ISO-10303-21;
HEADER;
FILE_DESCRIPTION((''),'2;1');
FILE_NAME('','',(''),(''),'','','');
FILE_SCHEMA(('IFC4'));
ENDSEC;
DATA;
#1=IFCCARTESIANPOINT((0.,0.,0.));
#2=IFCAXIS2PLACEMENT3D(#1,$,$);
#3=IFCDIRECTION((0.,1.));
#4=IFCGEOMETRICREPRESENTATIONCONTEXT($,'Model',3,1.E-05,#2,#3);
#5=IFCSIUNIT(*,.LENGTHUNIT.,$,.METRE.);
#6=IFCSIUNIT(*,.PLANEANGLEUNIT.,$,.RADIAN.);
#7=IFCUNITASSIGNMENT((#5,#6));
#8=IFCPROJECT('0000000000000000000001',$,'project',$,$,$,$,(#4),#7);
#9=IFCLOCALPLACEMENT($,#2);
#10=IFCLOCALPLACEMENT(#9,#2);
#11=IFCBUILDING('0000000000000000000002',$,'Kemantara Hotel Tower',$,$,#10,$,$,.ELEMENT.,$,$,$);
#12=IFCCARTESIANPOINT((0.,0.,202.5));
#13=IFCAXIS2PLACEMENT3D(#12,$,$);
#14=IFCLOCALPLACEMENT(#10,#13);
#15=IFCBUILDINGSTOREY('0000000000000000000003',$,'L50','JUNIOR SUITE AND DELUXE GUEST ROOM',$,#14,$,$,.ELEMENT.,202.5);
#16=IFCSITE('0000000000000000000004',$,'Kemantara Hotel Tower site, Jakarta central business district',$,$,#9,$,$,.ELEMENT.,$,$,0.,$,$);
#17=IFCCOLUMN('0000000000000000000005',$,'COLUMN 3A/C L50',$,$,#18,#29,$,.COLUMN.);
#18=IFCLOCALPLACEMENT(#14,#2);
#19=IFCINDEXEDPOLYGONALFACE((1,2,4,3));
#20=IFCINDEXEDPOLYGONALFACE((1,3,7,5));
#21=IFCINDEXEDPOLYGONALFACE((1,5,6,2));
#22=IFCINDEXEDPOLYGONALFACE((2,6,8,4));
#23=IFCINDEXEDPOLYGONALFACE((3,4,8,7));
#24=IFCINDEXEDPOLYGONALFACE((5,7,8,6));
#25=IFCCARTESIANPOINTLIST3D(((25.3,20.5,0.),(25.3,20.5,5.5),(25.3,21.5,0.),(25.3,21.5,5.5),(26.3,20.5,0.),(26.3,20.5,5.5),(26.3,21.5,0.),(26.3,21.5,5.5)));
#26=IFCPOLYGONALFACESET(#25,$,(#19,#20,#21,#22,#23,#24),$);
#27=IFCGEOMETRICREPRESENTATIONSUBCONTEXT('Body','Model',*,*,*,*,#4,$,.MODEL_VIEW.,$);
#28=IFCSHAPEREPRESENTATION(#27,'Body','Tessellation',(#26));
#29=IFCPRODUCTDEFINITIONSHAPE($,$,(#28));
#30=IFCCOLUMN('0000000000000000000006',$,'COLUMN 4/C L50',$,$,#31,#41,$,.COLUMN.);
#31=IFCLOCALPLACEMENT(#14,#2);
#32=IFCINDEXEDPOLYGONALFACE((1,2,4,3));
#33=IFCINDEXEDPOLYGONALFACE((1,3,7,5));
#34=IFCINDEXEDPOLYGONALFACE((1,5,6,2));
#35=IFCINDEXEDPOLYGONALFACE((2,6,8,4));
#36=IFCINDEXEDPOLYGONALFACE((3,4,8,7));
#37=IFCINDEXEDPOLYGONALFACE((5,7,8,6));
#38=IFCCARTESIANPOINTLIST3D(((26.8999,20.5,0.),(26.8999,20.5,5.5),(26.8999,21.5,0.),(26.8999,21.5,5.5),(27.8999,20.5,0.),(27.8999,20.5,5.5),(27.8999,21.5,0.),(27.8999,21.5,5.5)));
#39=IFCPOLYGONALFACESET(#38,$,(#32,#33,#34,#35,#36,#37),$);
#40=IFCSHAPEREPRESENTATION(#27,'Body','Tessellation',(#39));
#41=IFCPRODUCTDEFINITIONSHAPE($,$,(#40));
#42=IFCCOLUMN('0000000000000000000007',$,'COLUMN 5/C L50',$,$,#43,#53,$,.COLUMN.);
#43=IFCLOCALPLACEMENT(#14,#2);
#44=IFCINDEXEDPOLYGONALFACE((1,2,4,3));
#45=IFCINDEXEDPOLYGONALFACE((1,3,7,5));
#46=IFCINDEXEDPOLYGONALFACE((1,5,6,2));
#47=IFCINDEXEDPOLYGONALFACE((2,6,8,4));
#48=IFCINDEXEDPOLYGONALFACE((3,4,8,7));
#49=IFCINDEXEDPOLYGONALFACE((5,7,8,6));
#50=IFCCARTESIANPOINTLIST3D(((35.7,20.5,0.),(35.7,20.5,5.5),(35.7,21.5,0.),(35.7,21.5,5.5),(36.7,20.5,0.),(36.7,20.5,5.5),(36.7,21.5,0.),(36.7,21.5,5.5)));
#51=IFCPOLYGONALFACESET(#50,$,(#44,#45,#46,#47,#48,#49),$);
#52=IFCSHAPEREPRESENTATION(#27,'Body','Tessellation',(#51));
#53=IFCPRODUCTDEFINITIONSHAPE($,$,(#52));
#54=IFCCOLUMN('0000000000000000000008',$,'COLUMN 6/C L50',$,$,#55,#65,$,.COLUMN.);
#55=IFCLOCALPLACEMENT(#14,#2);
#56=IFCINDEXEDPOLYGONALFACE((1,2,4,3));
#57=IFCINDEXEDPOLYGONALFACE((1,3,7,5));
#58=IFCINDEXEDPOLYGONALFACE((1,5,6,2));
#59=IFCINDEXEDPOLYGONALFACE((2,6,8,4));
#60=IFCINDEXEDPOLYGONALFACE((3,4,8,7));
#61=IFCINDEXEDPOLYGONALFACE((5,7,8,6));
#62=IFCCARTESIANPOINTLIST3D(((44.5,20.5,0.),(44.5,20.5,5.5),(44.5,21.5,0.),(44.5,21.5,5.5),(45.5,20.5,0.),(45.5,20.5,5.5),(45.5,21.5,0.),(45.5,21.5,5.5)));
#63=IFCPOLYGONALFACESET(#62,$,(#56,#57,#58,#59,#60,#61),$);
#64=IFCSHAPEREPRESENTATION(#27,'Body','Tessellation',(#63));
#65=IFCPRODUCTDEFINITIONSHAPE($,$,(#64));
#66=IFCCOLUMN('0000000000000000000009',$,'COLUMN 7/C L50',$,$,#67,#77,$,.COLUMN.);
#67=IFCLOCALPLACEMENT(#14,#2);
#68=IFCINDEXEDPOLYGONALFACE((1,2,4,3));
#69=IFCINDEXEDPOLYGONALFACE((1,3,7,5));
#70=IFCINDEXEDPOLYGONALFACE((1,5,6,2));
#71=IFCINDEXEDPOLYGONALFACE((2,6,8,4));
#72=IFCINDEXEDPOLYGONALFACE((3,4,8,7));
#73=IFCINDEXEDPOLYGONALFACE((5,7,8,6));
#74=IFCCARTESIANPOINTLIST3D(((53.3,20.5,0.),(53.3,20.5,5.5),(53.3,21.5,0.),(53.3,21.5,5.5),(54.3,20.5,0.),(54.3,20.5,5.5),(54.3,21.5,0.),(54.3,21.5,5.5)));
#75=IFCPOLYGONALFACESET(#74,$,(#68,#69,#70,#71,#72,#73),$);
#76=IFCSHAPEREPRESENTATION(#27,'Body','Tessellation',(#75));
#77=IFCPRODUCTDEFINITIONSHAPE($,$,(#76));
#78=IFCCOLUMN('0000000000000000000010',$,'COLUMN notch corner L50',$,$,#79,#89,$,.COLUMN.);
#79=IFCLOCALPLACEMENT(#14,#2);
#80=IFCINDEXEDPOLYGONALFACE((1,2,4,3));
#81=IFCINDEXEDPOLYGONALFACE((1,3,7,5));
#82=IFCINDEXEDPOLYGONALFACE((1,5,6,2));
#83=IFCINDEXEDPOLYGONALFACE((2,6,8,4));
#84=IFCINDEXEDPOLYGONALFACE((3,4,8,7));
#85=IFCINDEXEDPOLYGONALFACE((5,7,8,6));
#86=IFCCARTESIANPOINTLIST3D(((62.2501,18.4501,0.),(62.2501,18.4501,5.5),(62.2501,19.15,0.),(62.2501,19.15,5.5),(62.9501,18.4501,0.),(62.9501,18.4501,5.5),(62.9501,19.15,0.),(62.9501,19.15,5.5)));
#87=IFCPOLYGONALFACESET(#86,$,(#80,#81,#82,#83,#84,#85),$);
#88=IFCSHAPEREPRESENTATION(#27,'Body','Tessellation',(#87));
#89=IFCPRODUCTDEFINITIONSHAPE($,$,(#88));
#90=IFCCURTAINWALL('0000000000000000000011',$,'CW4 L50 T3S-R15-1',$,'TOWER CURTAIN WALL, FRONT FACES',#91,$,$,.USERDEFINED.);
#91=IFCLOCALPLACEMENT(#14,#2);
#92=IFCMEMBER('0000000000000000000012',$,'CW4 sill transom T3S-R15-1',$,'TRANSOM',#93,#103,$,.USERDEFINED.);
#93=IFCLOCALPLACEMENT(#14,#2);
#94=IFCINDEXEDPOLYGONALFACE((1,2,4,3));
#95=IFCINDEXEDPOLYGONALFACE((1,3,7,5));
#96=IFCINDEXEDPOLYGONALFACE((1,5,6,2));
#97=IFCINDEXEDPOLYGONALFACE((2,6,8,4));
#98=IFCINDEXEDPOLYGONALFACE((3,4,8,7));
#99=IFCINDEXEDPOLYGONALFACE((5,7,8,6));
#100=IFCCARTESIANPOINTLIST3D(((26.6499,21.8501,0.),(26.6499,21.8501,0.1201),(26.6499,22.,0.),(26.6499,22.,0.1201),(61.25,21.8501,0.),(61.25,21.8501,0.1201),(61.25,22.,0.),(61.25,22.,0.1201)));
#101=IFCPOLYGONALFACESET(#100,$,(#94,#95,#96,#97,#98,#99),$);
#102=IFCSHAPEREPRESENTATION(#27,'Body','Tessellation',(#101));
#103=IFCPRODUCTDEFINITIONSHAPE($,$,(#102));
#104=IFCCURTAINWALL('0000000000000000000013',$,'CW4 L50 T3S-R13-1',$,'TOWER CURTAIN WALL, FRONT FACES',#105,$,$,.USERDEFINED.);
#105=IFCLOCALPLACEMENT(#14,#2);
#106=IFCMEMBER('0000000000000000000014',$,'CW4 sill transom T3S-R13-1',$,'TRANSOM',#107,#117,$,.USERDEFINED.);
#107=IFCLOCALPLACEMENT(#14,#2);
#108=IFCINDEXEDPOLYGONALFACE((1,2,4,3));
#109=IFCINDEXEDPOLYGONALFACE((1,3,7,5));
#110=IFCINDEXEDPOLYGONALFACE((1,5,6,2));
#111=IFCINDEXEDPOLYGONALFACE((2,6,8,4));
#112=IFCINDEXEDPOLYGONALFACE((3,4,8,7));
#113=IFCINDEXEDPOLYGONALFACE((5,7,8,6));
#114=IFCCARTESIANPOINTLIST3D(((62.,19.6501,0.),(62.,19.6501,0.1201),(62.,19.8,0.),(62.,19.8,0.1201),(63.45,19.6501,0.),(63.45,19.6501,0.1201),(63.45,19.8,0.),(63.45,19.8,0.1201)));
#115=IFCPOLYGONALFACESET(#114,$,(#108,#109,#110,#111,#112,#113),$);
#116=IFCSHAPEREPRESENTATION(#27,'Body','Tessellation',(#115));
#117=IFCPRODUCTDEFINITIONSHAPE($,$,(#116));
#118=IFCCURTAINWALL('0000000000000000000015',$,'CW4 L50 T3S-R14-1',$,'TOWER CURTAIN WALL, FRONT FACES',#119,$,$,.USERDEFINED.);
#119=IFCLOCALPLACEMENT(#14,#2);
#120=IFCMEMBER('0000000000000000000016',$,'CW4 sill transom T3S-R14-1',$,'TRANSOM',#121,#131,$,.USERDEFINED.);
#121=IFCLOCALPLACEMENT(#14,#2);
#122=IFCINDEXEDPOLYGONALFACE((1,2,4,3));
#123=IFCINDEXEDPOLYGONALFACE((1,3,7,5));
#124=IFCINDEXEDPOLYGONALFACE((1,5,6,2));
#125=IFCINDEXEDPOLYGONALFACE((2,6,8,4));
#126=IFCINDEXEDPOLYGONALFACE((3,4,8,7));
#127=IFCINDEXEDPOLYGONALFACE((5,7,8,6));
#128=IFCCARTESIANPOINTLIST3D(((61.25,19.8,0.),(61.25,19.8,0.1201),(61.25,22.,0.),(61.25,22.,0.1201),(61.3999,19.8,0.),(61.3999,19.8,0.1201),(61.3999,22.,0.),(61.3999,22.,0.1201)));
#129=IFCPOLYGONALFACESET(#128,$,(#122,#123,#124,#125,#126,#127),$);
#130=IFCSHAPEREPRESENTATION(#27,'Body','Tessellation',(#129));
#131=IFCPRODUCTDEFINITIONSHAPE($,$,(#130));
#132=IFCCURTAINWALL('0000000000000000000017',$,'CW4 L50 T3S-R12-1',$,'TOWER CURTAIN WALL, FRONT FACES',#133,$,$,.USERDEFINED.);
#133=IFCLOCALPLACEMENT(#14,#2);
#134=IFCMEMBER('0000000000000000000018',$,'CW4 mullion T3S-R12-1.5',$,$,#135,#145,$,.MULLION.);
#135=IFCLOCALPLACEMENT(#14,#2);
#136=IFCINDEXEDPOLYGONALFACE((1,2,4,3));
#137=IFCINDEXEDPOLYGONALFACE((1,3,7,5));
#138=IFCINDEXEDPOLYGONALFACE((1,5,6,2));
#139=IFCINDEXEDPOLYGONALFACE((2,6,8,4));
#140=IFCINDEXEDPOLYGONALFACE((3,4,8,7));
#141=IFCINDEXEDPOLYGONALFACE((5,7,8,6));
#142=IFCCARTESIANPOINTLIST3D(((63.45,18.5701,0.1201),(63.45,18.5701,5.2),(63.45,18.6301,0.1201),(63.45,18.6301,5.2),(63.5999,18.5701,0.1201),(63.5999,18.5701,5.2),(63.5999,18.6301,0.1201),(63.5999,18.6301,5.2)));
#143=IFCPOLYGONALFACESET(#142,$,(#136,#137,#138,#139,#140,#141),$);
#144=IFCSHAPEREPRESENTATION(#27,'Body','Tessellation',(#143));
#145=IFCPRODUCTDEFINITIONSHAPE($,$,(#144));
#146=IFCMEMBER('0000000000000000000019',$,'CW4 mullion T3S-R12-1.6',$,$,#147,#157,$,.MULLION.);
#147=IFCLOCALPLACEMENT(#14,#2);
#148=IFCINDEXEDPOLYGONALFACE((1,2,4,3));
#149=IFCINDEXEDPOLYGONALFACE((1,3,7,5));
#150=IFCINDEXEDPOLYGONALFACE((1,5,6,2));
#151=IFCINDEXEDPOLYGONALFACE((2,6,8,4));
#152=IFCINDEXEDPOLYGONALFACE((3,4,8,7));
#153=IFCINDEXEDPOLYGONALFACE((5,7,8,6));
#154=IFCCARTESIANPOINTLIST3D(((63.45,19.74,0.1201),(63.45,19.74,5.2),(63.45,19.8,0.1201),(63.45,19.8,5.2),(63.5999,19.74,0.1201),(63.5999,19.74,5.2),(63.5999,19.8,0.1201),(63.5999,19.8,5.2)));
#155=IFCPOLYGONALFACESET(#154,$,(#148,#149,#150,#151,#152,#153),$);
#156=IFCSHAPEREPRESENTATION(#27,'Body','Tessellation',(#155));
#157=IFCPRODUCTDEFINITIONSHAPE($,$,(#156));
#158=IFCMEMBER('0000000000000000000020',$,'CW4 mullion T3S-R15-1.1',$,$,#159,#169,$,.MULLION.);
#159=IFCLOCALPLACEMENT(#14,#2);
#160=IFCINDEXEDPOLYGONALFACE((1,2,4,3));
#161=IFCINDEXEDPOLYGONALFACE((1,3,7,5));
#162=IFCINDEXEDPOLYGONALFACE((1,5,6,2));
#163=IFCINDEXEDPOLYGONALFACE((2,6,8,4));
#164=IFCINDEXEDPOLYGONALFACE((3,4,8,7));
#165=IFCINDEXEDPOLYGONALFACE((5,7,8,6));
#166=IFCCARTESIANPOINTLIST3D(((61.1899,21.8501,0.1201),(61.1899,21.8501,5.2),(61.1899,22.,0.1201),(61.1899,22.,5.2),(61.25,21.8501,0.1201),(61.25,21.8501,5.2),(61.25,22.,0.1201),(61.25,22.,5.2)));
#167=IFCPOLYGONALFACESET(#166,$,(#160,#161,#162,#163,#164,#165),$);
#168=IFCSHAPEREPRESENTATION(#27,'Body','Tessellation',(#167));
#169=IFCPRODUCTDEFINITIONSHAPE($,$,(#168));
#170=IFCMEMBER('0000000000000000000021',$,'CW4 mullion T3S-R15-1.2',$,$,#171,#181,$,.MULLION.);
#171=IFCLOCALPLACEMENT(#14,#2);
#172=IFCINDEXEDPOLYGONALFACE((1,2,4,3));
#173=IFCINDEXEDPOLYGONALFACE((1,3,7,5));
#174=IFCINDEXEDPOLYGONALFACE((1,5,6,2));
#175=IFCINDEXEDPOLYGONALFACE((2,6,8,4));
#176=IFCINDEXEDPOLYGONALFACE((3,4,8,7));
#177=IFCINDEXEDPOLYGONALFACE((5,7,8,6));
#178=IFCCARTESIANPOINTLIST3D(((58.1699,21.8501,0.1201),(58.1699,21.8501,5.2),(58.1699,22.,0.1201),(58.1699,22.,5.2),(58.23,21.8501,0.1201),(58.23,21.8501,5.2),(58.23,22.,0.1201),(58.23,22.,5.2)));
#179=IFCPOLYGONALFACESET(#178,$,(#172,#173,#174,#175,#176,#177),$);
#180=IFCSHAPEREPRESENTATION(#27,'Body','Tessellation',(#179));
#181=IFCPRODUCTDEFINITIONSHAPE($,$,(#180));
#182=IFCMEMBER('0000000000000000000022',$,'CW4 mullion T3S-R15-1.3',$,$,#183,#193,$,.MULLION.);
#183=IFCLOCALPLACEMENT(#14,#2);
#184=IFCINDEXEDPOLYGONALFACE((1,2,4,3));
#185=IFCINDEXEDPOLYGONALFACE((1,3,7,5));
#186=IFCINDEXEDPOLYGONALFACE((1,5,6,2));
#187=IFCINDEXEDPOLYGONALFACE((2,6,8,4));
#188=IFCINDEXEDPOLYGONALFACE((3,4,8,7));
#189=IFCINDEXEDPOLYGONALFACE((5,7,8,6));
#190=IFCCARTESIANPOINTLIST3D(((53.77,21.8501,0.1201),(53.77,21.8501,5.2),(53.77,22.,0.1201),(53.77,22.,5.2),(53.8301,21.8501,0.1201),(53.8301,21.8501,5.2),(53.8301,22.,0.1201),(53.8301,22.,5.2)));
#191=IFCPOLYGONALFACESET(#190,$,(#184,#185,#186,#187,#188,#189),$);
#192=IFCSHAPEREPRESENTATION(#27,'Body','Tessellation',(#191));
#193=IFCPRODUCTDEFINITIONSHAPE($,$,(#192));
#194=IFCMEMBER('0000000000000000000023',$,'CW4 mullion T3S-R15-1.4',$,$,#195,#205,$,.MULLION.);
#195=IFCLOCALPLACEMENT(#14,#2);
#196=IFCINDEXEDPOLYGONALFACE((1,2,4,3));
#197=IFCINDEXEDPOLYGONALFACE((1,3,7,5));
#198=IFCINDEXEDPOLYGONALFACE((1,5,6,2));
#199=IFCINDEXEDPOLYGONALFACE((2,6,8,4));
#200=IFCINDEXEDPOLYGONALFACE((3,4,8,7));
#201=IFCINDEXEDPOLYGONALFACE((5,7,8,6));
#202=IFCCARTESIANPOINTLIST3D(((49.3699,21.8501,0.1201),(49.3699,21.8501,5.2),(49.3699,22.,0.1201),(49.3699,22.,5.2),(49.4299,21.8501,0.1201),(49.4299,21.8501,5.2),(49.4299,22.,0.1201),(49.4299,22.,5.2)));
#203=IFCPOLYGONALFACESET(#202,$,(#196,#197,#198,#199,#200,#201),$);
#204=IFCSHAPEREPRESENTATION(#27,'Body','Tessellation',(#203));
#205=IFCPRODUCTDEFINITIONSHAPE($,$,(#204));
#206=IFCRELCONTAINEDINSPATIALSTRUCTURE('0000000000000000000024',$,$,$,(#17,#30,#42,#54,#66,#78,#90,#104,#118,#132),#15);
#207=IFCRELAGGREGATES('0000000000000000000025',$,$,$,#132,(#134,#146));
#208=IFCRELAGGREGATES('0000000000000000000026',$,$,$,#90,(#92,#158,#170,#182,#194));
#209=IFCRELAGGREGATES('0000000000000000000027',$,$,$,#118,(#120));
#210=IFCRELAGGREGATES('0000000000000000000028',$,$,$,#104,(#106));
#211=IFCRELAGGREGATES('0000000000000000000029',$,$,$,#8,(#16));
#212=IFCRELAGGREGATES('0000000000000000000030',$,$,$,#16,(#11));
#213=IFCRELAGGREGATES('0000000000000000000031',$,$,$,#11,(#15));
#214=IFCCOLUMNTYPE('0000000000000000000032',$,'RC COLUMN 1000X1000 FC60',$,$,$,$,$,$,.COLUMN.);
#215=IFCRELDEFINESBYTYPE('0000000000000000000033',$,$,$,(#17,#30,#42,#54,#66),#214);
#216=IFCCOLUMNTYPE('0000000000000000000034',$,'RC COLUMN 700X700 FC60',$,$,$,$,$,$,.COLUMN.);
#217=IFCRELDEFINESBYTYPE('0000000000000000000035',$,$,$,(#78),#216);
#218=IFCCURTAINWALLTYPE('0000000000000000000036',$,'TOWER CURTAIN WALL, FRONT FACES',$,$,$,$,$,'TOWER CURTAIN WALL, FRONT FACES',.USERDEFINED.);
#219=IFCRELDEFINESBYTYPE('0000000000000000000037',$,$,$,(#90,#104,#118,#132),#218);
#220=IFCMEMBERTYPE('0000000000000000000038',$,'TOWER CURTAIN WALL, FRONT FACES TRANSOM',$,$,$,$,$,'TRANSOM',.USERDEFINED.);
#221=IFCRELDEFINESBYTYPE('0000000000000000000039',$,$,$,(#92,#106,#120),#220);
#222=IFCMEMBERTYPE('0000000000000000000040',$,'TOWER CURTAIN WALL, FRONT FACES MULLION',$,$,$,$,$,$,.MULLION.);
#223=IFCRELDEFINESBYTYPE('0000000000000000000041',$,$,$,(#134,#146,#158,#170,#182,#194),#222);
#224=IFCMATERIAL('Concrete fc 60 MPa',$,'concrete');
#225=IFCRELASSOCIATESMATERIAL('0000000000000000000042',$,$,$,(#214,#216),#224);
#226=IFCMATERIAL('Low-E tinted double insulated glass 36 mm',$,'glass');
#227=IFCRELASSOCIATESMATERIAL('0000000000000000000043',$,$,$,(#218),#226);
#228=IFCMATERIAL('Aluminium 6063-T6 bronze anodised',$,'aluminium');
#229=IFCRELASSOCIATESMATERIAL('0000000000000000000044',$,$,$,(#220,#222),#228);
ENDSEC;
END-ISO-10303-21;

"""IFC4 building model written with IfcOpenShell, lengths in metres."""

from ifc_helpers import new_model, si_unit, direction, frame, origin, origin_2d, place, context, subcontext, project, spatial, rectangle, extrude, source, transform, mapped, material, material_profile, profile_set, type_object, element, aggregate, save


model = new_model("IFC4")

# Units and contexts
model_context = context("Model", 3, precision=1e-05, world=origin(), true_north=direction((0.0, 1.0)))
body_context = subcontext(model_context, "Body", "Model", "MODEL_VIEW")
ifc_project = project(units=[si_unit("LENGTHUNIT", "METRE"), si_unit("PLANEANGLEUNIT", "RADIAN")], contexts=[model_context])

# Site, building, storey
site_placement = place(None, origin())
site = spatial("IfcSite", under=ifc_project, at=site_placement, Name="Kemantara Hotel Tower site, Jakarta central business district", CompositionType="ELEMENT", RefElevation=0.0)
building_placement = place(site_placement, origin())
building = spatial("IfcBuilding", under=site, at=building_placement, Name="Kemantara Hotel Tower", CompositionType="ELEMENT")
storey_placement = place(building_placement, frame((0.0, 0.0, 202.5)))
storey = spatial("IfcBuildingStorey", under=building, at=storey_placement, Name="L50", Description="JUNIOR SUITE AND DELUXE GUEST ROOM", CompositionType="ELEMENT", Elevation=202.5)

# Columns
ifc_material_1 = material(Name="Concrete fc 60 MPa", Category="concrete")
ifc_material_profile_1 = material_profile(ifc_material_1, rectangle(XDim=1.0, YDim=1.0, at=origin_2d()), Name="RC 1000X1000")
ifc_profile_set_1 = profile_set([ifc_material_profile_1], Name="Concrete fc 60 MPa")
column_type_1 = type_object("IfcColumnType", Name="RC COLUMN 1000X1000 FC60", PredefinedType="COLUMN", material=ifc_profile_set_1)
for number, where, z_axis, x_axis, name in (
    (1, (25.8, 21.0, 0.0), (0.0, 0.0, 1.0), (1.0, 0.0, 0.0), "COLUMN 3A/C L50"),
    (2, (27.3999, 21.0, 0.0), (0.0, 0.0, 1.0), (1.0, 0.0, 0.0), "COLUMN 4/C L50"),
    (3, (36.2, 21.0, 0.0), (0.0, 0.0, 1.0), (1.0, 0.0, 0.0), "COLUMN 5/C L50"),
    (4, (45.0, 21.0, 0.0), (0.0, 0.0, 1.0), (1.0, 0.0, 0.0), "COLUMN 6/C L50"),
    (5, (53.8, 21.0, 0.0), (0.0, 0.0, 1.0), (1.0, 0.0, 0.0), "COLUMN 7/C L50"),
):
    element("IfcColumn", number, at=place(storey_placement, frame(where, z_axis=z_axis, x_axis=x_axis)), inside=storey, type_object=column_type_1, Name=name, PredefinedType="COLUMN", context=body_context, shape_type="SweptSolid", body=[
        extrude(rectangle(XDim=1.0, YDim=1.0, at=origin_2d()), origin(), (0.0, 0.0, 1.0), 5.5),
    ])
ifc_material_profile_2 = material_profile(ifc_material_1, rectangle(XDim=0.7, YDim=0.7, at=origin_2d()), Name="RC 700X700")
ifc_profile_set_2 = profile_set([ifc_material_profile_2], Name="Concrete fc 60 MPa")
column_type_2 = type_object("IfcColumnType", Name="RC COLUMN 700X700 FC60", PredefinedType="COLUMN", material=ifc_profile_set_2)
column_placement = place(storey_placement, frame((62.6001, 18.8, 0.0), z_axis=(0.0, 0.0, 1.0), x_axis=(1.0, 0.0, 0.0)))
element("IfcColumn", 6, at=column_placement, inside=storey, type_object=column_type_2, Name="COLUMN notch corner L50", PredefinedType="COLUMN", context=body_context, shape_type="SweptSolid", body=[
    extrude(rectangle(XDim=0.7, YDim=0.7, at=origin_2d()), origin(), (0.0, 0.0, 1.0), 5.5),
])

# Curtain walls, members
ifc_material_2 = material(Name="Low-E tinted double insulated glass 36 mm", Category="glass")
curtain_wall_type = type_object("IfcCurtainWallType", Name="TOWER CURTAIN WALL, FRONT FACES", ElementType="TOWER CURTAIN WALL, FRONT FACES", PredefinedType="USERDEFINED", material=ifc_material_2)
curtain_wall_1_placement = place(storey_placement, origin())
curtain_wall_1 = element("IfcCurtainWall", 7, at=curtain_wall_1_placement, inside=storey, type_object=curtain_wall_type, Name="CW4 L50 T3S-R15-1", ObjectType="TOWER CURTAIN WALL, FRONT FACES", PredefinedType="USERDEFINED")
ifc_material_3 = material(Name="Aluminium 6063-T6 bronze anodised", Category="aluminium")
ifc_material_profile_3 = material_profile(ifc_material_3, rectangle(XDim=0.1499, YDim=0.1201, at=origin_2d()), Name="TOWER CURTAIN WALL, FRONT FACES TRANSOM")
ifc_profile_set_3 = profile_set([ifc_material_profile_3], Name="Aluminium 6063-T6 bronze anodised")
member_type_1 = type_object("IfcMemberType", Name="TOWER CURTAIN WALL, FRONT FACES TRANSOM", ElementType="TRANSOM", PredefinedType="USERDEFINED", material=ifc_profile_set_3)
member_1_placement = place(storey_placement, frame((61.25, 21.925, 0.0601), z_axis=(-1.0, 0.0, 0.0), x_axis=(0.0, -1.0, 0.0)))
member_1 = element("IfcMember", 8, at=member_1_placement, type_object=member_type_1, Name="CW4 sill transom T3S-R15-1", ObjectType="TRANSOM", PredefinedType="USERDEFINED", context=body_context, shape_type="SweptSolid", body=[
    extrude(rectangle(XDim=0.1499, YDim=0.1201, at=origin_2d()), origin(), (0.0, 0.0, 1.0), 34.6001),
])
curtain_wall_2_placement = place(storey_placement, origin())
curtain_wall_2 = element("IfcCurtainWall", 9, at=curtain_wall_2_placement, inside=storey, type_object=curtain_wall_type, Name="CW4 L50 T3S-R13-1", ObjectType="TOWER CURTAIN WALL, FRONT FACES", PredefinedType="USERDEFINED")
member_2_placement = place(storey_placement, frame((63.45, 19.7251, 0.0601), z_axis=(-1.0, 0.0, 0.0), x_axis=(0.0, -1.0, 0.0)))
member_2 = element("IfcMember", 10, at=member_2_placement, type_object=member_type_1, Name="CW4 sill transom T3S-R13-1", ObjectType="TRANSOM", PredefinedType="USERDEFINED", context=body_context, shape_type="SweptSolid", body=[
    extrude(rectangle(XDim=0.1499, YDim=0.1201, at=origin_2d()), origin(), (0.0, 0.0, 1.0), 1.45),
])
curtain_wall_3_placement = place(storey_placement, origin())
curtain_wall_3 = element("IfcCurtainWall", 11, at=curtain_wall_3_placement, inside=storey, type_object=curtain_wall_type, Name="CW4 L50 T3S-R14-1", ObjectType="TOWER CURTAIN WALL, FRONT FACES", PredefinedType="USERDEFINED")
member_3_placement = place(storey_placement, frame((61.325, 19.8, 0.0601), z_axis=(0.0, 1.0, 0.0), x_axis=(-1.0, 0.0, 0.0)))
member_3 = element("IfcMember", 12, at=member_3_placement, type_object=member_type_1, Name="CW4 sill transom T3S-R14-1", ObjectType="TRANSOM", PredefinedType="USERDEFINED", context=body_context, shape_type="SweptSolid", body=[
    extrude(rectangle(XDim=0.1499, YDim=0.1201, at=origin_2d()), origin(), (0.0, 0.0, 1.0), 2.2),
])

# Curtain wall, members
curtain_wall_4_placement = place(storey_placement, origin())
curtain_wall_4 = element("IfcCurtainWall", 13, at=curtain_wall_4_placement, inside=storey, type_object=curtain_wall_type, Name="CW4 L50 T3S-R12-1", ObjectType="TOWER CURTAIN WALL, FRONT FACES", PredefinedType="USERDEFINED")
ifc_material_profile_4 = material_profile(ifc_material_3, rectangle(XDim=0.1499, YDim=0.0601, at=origin_2d()), Name="TOWER CURTAIN WALL, FRONT FACES MULLION")
ifc_profile_set_4 = profile_set([ifc_material_profile_4], Name="Aluminium 6063-T6 bronze anodised")
member_type_2 = type_object("IfcMemberType", Name="TOWER CURTAIN WALL, FRONT FACES MULLION", PredefinedType="MULLION", material=ifc_profile_set_4)
shared_shape_1 = source(origin(), body_context, "Body", "SweptSolid", [
    extrude(rectangle(XDim=0.1499, YDim=0.0601, at=origin_2d()), origin(), (0.0, 0.0, 1.0), 5.0798),
])
member_4_placement = place(storey_placement, frame((63.5249, 18.6001, 0.1201), z_axis=(0.0, 0.0, 1.0), x_axis=(-1.0, 0.0, 0.0)))
member_4 = element("IfcMember", 14, at=member_4_placement, type_object=member_type_2, Name="CW4 mullion T3S-R12-1.5", PredefinedType="MULLION", context=body_context, shape_type="MappedRepresentation", body=[
    mapped(shared_shape_1, transform((0.0, 0.0, 0.0))),
])
member_5_placement = place(storey_placement, frame((63.5249, 19.77, 0.1201), z_axis=(0.0, 0.0, 1.0), x_axis=(-1.0, 0.0, 0.0)))
member_5 = element("IfcMember", 15, at=member_5_placement, type_object=member_type_2, Name="CW4 mullion T3S-R12-1.6", PredefinedType="MULLION", context=body_context, shape_type="MappedRepresentation", body=[
    mapped(shared_shape_1, transform((0.0, 0.0, 0.0))),
])

# Members
member_6_placement = place(storey_placement, frame((61.22, 21.925, 0.1201), z_axis=(0.0, 0.0, 1.0), x_axis=(0.0, -1.0, 0.0)))
member_6 = element("IfcMember", 16, at=member_6_placement, type_object=member_type_2, Name="CW4 mullion T3S-R15-1.1", PredefinedType="MULLION", context=body_context, shape_type="MappedRepresentation", body=[
    mapped(shared_shape_1, transform((0.0, 0.0, 0.0))),
])
member_7_placement = place(storey_placement, frame((58.2, 21.925, 0.1201), z_axis=(0.0, 0.0, 1.0), x_axis=(0.0, -1.0, 0.0)))
member_7 = element("IfcMember", 17, at=member_7_placement, type_object=member_type_2, Name="CW4 mullion T3S-R15-1.2", PredefinedType="MULLION", context=body_context, shape_type="MappedRepresentation", body=[
    mapped(shared_shape_1, transform((0.0, 0.0, 0.0))),
])
member_8_placement = place(storey_placement, frame((53.8, 21.925, 0.1201), z_axis=(0.0, 0.0, 1.0), x_axis=(0.0, -1.0, 0.0)))
member_8 = element("IfcMember", 18, at=member_8_placement, type_object=member_type_2, Name="CW4 mullion T3S-R15-1.3", PredefinedType="MULLION", context=body_context, shape_type="MappedRepresentation", body=[
    mapped(shared_shape_1, transform((0.0, 0.0, 0.0))),
])
member_9_placement = place(storey_placement, frame((49.3999, 21.925, 0.1201), z_axis=(0.0, 0.0, 1.0), x_axis=(0.0, -1.0, 0.0)))
member_9 = element("IfcMember", 19, at=member_9_placement, type_object=member_type_2, Name="CW4 mullion T3S-R15-1.4", PredefinedType="MULLION", context=body_context, shape_type="MappedRepresentation", body=[
    mapped(shared_shape_1, transform((0.0, 0.0, 0.0))),
])

aggregate(curtain_wall_4, [member_4, member_5])
aggregate(curtain_wall_1, [member_1, member_6, member_7, member_8, member_9])
aggregate(curtain_wall_3, [member_3])
aggregate(curtain_wall_2, [member_2])

save(model, "model.ifc")
